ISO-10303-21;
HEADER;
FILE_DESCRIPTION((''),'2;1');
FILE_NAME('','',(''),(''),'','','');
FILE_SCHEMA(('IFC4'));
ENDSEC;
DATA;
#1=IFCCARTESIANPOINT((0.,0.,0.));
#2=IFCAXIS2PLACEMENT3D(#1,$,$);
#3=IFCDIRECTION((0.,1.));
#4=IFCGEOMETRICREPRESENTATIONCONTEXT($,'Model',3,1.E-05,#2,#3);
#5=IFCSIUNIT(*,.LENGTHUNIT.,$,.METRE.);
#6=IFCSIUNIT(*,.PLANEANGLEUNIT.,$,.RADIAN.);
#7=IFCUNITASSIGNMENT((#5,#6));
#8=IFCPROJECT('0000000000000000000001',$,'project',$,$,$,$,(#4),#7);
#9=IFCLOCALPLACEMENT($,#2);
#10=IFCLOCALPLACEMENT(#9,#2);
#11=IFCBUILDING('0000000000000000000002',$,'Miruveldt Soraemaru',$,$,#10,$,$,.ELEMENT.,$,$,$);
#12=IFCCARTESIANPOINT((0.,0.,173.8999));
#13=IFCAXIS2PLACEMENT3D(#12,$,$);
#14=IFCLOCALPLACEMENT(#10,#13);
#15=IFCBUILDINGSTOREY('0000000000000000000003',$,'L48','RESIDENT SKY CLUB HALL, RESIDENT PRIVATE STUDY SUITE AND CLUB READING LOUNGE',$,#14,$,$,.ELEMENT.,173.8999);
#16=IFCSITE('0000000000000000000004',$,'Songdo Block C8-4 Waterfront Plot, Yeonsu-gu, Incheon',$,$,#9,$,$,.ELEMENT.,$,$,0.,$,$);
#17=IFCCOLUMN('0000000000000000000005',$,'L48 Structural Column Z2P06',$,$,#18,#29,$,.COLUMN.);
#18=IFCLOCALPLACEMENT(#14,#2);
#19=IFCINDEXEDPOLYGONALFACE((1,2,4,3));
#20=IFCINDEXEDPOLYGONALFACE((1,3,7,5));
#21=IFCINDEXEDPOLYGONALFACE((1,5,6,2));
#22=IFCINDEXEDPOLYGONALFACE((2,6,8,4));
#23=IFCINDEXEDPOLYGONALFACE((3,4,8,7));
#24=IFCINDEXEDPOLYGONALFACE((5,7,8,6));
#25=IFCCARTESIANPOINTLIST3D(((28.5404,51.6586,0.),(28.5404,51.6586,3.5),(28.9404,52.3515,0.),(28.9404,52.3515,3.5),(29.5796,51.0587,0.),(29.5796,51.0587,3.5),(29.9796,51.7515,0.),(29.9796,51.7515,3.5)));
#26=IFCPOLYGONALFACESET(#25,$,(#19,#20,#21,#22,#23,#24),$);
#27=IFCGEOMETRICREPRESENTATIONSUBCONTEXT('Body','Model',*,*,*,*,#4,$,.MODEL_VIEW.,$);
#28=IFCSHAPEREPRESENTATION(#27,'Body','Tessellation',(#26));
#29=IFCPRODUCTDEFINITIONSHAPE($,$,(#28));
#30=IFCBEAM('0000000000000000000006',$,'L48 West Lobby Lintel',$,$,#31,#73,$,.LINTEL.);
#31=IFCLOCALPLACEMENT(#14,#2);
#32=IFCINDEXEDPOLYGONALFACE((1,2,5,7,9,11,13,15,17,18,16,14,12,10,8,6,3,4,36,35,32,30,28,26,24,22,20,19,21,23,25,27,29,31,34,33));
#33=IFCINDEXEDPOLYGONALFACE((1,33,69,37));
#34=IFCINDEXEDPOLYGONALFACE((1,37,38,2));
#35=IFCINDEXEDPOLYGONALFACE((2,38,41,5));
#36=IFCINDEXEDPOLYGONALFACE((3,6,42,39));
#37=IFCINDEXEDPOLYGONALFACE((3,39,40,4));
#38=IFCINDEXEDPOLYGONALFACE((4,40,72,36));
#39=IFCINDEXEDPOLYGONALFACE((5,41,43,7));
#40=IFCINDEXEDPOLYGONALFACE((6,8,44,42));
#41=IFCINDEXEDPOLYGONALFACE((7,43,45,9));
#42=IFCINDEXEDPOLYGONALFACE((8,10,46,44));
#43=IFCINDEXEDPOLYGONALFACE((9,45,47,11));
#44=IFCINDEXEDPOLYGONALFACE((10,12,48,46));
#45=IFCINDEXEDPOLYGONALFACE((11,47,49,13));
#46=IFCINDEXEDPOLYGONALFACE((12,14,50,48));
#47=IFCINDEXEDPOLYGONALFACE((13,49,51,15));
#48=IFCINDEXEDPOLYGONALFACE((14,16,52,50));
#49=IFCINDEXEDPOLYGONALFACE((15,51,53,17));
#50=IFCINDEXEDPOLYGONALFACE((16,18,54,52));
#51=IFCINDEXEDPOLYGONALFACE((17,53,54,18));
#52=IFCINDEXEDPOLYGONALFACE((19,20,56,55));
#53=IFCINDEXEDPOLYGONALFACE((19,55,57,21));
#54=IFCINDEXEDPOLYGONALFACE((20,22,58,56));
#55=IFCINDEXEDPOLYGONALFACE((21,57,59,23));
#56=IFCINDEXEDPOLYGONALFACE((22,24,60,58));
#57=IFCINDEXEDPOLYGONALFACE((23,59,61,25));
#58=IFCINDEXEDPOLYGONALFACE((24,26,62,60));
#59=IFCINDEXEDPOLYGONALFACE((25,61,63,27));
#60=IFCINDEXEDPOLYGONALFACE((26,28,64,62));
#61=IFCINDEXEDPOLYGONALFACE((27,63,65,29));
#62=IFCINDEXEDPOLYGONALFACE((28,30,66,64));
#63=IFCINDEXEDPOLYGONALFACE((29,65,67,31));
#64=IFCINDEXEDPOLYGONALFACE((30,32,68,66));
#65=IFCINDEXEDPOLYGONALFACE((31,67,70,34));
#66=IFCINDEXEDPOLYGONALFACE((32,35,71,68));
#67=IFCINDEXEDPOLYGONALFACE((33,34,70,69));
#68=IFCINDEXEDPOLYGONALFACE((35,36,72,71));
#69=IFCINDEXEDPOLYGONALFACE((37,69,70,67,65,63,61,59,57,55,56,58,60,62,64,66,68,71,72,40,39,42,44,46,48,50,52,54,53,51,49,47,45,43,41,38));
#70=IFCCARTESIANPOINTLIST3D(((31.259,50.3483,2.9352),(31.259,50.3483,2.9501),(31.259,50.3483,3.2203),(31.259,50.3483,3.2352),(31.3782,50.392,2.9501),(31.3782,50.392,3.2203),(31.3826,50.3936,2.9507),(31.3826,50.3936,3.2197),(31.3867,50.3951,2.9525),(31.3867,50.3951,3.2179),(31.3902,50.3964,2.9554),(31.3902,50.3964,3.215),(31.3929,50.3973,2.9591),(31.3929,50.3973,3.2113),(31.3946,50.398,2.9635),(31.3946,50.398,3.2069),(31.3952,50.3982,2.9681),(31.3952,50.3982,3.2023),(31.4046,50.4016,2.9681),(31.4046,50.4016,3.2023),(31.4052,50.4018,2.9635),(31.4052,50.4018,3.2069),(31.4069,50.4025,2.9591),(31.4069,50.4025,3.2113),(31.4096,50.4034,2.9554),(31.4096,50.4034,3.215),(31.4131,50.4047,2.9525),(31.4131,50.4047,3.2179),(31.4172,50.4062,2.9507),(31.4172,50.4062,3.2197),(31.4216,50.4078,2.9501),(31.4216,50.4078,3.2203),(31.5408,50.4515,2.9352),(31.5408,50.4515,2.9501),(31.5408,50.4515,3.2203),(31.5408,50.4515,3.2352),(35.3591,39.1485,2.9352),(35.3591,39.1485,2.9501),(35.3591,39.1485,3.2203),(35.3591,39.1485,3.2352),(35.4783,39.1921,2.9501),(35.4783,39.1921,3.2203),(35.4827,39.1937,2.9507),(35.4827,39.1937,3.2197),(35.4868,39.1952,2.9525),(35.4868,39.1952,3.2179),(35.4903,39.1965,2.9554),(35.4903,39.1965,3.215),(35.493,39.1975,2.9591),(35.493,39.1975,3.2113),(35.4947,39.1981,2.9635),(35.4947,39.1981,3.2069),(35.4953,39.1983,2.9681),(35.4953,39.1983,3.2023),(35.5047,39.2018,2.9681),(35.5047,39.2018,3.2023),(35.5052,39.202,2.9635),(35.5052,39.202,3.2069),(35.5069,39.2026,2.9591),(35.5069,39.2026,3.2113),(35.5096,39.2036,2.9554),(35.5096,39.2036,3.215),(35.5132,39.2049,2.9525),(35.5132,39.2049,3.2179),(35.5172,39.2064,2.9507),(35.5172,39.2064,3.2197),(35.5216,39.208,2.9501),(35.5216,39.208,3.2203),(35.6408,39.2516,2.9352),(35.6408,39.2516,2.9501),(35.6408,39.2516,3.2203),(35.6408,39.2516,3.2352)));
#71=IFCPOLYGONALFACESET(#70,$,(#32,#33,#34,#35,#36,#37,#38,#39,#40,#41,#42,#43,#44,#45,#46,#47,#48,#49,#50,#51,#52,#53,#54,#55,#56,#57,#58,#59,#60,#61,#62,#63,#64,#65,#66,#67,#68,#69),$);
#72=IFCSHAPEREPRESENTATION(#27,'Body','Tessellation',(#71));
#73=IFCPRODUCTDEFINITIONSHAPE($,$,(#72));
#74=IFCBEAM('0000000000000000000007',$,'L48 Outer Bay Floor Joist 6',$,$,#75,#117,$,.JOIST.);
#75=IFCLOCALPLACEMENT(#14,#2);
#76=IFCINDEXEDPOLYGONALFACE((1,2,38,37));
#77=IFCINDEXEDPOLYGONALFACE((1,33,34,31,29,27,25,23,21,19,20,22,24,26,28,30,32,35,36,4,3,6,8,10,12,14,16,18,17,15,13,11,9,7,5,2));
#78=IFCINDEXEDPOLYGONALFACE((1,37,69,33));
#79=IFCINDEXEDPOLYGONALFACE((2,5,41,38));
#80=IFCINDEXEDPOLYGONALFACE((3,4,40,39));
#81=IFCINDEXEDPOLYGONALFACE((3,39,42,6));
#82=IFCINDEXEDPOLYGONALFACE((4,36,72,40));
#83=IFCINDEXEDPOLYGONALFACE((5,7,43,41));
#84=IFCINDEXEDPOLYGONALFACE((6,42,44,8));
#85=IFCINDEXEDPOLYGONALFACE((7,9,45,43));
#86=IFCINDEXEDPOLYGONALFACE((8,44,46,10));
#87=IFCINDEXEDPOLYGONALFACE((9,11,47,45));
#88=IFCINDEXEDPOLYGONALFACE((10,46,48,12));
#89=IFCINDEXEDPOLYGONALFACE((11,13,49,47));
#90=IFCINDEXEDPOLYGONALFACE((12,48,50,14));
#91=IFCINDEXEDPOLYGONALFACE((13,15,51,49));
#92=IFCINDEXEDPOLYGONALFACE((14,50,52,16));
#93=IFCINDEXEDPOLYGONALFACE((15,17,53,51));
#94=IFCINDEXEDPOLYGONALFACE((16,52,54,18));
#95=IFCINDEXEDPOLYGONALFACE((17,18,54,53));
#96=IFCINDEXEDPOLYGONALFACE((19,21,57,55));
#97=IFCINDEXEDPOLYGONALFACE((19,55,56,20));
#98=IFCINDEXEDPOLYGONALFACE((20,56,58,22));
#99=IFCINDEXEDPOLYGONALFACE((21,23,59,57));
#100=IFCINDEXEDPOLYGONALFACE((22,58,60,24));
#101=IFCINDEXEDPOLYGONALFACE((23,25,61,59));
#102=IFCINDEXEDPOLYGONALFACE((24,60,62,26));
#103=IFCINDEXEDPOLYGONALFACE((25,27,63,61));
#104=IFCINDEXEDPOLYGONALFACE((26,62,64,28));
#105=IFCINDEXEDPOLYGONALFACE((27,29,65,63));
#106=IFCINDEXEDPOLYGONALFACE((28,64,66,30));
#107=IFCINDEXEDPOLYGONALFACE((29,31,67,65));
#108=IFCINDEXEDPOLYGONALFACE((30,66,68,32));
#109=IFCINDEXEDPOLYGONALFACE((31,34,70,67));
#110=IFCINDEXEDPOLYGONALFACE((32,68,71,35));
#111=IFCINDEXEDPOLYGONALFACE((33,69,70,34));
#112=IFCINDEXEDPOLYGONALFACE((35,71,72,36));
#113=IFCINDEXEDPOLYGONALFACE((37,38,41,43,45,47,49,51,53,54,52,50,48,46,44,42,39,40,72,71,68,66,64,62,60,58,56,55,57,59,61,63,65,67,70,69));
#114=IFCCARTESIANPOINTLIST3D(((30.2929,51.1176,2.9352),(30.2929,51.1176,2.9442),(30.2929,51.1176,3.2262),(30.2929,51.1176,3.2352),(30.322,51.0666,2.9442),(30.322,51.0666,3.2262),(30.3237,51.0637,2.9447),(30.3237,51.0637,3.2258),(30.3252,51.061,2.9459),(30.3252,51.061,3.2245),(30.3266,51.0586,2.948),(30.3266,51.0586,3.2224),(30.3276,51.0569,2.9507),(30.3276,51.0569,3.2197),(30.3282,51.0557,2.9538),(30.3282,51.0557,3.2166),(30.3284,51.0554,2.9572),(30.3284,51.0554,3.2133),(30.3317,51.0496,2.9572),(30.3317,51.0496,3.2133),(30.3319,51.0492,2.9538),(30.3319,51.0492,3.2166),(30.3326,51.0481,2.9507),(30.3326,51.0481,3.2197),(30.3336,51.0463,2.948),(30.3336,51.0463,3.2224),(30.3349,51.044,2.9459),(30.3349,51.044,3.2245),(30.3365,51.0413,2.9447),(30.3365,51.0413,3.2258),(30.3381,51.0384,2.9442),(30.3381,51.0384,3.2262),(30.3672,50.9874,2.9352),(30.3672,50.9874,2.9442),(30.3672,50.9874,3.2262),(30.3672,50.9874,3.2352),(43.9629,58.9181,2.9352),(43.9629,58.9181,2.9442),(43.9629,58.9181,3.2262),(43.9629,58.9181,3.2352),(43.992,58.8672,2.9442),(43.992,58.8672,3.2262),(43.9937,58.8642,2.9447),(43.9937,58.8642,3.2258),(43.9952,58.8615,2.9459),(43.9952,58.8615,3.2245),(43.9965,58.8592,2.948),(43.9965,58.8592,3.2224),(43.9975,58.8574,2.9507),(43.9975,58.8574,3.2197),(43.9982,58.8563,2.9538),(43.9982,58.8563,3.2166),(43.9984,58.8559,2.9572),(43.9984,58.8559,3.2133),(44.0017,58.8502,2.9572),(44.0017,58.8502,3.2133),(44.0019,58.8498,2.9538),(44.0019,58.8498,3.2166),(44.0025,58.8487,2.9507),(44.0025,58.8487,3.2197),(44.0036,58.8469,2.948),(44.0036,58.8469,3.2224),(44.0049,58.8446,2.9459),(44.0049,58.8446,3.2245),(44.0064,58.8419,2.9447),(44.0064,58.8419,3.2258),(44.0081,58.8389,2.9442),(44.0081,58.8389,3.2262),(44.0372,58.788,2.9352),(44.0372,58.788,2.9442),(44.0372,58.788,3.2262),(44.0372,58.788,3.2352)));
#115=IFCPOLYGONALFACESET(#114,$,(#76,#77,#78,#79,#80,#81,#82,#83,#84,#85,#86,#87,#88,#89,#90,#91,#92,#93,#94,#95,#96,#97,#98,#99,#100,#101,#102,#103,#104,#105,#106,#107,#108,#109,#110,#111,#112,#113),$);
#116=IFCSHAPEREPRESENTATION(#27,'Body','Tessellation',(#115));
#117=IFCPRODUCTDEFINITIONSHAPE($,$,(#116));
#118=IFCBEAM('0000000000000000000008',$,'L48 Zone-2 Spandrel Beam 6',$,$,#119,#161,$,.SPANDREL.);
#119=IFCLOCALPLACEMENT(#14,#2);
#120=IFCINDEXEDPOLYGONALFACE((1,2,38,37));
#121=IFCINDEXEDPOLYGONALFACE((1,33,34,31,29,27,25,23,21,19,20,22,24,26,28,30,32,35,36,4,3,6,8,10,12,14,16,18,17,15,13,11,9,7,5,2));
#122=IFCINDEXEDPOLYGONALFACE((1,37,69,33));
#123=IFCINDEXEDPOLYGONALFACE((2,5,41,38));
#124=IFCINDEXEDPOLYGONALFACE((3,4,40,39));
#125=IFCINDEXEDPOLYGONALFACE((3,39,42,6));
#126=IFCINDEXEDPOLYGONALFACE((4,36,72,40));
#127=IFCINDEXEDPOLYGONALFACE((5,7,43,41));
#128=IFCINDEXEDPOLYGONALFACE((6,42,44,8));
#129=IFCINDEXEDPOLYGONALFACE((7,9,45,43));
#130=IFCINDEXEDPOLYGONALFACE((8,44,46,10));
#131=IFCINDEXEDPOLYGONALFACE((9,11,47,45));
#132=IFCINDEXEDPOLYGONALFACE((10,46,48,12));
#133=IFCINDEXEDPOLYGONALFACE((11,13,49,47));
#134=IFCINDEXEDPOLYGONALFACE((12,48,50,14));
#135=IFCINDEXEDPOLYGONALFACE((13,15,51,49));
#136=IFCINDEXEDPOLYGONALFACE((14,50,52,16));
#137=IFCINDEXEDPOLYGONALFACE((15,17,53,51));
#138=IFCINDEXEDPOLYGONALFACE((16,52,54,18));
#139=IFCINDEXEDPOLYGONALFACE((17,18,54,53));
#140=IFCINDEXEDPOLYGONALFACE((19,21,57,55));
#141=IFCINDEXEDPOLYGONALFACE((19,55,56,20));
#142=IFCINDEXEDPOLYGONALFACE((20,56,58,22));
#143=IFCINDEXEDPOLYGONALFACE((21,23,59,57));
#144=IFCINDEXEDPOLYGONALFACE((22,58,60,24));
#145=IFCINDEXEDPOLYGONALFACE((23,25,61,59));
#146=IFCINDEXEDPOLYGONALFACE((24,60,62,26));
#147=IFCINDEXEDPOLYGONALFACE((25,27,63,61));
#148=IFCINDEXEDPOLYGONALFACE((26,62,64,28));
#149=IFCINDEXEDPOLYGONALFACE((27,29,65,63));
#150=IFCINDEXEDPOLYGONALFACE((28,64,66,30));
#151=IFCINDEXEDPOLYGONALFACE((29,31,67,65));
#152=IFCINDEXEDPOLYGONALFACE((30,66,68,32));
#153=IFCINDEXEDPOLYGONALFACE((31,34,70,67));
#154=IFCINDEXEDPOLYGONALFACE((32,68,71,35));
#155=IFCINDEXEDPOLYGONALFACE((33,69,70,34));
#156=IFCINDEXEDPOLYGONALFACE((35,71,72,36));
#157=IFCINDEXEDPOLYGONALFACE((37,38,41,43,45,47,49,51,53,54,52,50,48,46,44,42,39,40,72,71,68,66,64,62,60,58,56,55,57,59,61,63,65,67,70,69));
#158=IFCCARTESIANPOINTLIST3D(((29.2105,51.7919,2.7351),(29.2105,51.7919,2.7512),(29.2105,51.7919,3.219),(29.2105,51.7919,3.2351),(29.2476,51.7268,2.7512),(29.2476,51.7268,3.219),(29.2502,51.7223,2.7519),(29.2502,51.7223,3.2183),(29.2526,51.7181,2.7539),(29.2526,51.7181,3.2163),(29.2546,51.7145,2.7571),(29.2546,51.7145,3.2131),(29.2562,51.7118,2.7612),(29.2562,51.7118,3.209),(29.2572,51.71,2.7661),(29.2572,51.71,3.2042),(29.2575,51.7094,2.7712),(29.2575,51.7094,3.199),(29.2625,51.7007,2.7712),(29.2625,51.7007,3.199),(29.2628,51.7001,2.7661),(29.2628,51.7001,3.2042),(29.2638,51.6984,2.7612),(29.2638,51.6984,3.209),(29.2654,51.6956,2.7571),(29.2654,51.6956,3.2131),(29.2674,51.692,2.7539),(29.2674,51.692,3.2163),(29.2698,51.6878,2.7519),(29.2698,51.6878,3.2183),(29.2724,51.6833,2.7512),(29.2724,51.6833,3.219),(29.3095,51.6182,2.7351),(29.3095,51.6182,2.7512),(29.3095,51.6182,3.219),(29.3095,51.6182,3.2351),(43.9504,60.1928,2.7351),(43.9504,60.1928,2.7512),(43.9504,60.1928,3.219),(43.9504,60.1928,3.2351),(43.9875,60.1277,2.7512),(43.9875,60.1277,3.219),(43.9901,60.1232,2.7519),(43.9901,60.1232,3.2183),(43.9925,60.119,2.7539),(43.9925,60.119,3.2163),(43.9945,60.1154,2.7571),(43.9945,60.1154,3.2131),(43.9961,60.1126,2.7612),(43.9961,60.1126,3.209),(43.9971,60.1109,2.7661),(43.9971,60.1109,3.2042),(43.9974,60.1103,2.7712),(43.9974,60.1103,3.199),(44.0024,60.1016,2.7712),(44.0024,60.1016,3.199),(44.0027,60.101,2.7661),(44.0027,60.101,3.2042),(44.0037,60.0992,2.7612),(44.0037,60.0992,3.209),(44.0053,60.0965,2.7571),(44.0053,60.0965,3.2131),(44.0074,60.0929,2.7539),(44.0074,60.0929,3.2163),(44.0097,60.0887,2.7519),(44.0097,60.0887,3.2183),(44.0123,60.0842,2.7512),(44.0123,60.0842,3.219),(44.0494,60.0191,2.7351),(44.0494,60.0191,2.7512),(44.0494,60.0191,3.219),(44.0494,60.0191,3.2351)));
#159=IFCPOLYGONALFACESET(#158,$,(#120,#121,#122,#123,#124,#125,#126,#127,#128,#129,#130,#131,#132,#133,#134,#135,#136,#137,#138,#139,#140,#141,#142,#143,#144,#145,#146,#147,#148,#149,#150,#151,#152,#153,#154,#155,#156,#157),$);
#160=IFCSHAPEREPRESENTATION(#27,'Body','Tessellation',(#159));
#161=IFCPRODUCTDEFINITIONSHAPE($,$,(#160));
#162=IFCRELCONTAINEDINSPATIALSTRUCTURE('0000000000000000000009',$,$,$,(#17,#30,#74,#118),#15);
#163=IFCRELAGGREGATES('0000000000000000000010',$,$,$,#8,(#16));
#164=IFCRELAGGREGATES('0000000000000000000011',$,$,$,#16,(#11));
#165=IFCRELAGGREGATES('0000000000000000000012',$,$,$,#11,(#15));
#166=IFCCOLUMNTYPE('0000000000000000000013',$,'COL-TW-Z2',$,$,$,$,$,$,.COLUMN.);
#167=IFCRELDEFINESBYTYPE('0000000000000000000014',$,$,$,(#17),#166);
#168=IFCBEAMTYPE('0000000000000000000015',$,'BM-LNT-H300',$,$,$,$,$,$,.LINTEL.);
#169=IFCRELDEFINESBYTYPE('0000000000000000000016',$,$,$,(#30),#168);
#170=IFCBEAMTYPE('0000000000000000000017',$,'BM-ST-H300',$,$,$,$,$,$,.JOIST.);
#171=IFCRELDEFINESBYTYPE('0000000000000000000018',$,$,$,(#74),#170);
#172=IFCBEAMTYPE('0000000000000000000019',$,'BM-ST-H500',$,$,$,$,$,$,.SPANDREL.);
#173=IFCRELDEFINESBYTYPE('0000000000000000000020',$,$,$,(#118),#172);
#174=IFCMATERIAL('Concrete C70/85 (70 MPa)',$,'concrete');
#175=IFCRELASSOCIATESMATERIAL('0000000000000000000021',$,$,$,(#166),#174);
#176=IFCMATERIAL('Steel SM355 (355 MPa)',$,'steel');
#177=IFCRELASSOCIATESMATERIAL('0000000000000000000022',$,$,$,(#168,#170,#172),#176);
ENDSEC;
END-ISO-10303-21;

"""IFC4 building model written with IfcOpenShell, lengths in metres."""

from ifc_helpers import new_model, si_unit, direction, frame, origin, origin_2d, place, context, subcontext, project, spatial, rectangle, i_section, extrude, material, material_profile, profile_set, type_object, element, save


model = new_model("IFC4")

# Units and contexts
model_context = context("Model", 3, precision=1e-05, world=origin(), true_north=direction((0.0, 1.0)))
body_context = subcontext(model_context, "Body", "Model", "MODEL_VIEW")
ifc_project = project(units=[si_unit("LENGTHUNIT", "METRE"), si_unit("PLANEANGLEUNIT", "RADIAN")], contexts=[model_context])

# Site, building, storey
site_placement = place(None, origin())
site = spatial("IfcSite", under=ifc_project, at=site_placement, Name="Songdo Block C8-4 Waterfront Plot, Yeonsu-gu, Incheon", CompositionType="ELEMENT", RefElevation=0.0)
building_placement = place(site_placement, origin())
building = spatial("IfcBuilding", under=site, at=building_placement, Name="Miruveldt Soraemaru", CompositionType="ELEMENT")
storey_placement = place(building_placement, frame((0.0, 0.0, 173.8999)))
storey = spatial("IfcBuildingStorey", under=building, at=storey_placement, Name="L48", Description="RESIDENT SKY CLUB HALL, RESIDENT PRIVATE STUDY SUITE AND CLUB READING LOUNGE", CompositionType="ELEMENT", Elevation=173.8999)

# Column
ifc_material_1 = material(Name="Concrete C70/85 (70 MPa)", Category="concrete")
ifc_material_profile_1 = material_profile(ifc_material_1, rectangle(XDim=1.2, YDim=0.8, at=origin_2d()), Name="Concrete C70/85 (70 MPa)", Category="concrete")
ifc_profile_set_1 = profile_set([ifc_material_profile_1], Name="Concrete C70/85 (70 MPa)")
column_type = type_object("IfcColumnType", Name="COL-TW-Z2", PredefinedType="COLUMN", material=ifc_profile_set_1)
column_placement = place(storey_placement, frame((29.26, 51.7051, 0.0), z_axis=(0.0, 0.0, 1.0), x_axis=(-0.866025, 0.5, 0.0)))
element("IfcColumn", 1, at=column_placement, inside=storey, type_object=column_type, Name="L48 Structural Column Z2P06", PredefinedType="COLUMN", context=body_context, shape_type="SweptSolid", body=[
    extrude(rectangle(XDim=1.2, YDim=0.8, at=origin_2d()), origin(), (0.0, 0.0, 1.0), 3.5),
])

# Beams
ifc_material_2 = material(Name="Steel SM355 (355 MPa)", Category="steel")
ifc_material_profile_2 = material_profile(ifc_material_2, i_section(OverallWidth=0.3, OverallDepth=0.3, WebThickness=0.01, FlangeThickness=0.0149, FilletRadius=0.0181, at=origin_2d()), Name="Steel SM355 (355 MPa)", Category="steel")
ifc_profile_set_2 = profile_set([ifc_material_profile_2], Name="Steel SM355 (355 MPa)")
beam_type_1 = type_object("IfcBeamType", Name="BM-LNT-H300", PredefinedType="LINTEL", material=ifc_profile_set_2)
beam_1_placement = place(storey_placement, frame((31.3999, 50.3999, 3.0852), z_axis=(0.34377, -0.939054, 0.0), x_axis=(0.939054, 0.34377, 0.0)))
element("IfcBeam", 2, at=beam_1_placement, inside=storey, type_object=beam_type_1, Name="L48 West Lobby Lintel", PredefinedType="LINTEL", context=body_context, shape_type="SweptSolid", body=[
    extrude(i_section(OverallWidth=0.3, OverallDepth=0.3, WebThickness=0.01, FlangeThickness=0.0149, FilletRadius=0.0181, at=origin_2d()), origin(), (0.0, 0.0, 1.0), 11.9268),
])
ifc_material_profile_3 = material_profile(ifc_material_2, i_section(OverallWidth=0.1499, OverallDepth=0.3, WebThickness=0.0066, FlangeThickness=0.009, FilletRadius=0.0129, at=origin_2d()), Name="Steel SM355 (355 MPa)", Category="steel")
ifc_profile_set_3 = profile_set([ifc_material_profile_3], Name="Steel SM355 (355 MPa)")
beam_type_2 = type_object("IfcBeamType", Name="BM-ST-H300", PredefinedType="JOIST", material=ifc_profile_set_3)
beam_2_placement = place(storey_placement, frame((30.3301, 51.0525, 3.0852), z_axis=(0.86854, 0.495619, 0.0), x_axis=(-0.495619, 0.86854, 0.0)))
element("IfcBeam", 3, at=beam_2_placement, inside=storey, type_object=beam_type_2, Name="L48 Outer Bay Floor Joist 6", PredefinedType="JOIST", context=body_context, shape_type="SweptSolid", body=[
    extrude(i_section(OverallWidth=0.1499, OverallDepth=0.3, WebThickness=0.0066, FlangeThickness=0.009, FilletRadius=0.0129, at=origin_2d()), origin(), (0.0, 0.0, 1.0), 15.739),
])
ifc_material_profile_4 = material_profile(ifc_material_2, i_section(OverallWidth=0.2, OverallDepth=0.5, WebThickness=0.01, FlangeThickness=0.0161, FilletRadius=0.02, at=origin_2d()), Name="Steel SM355 (355 MPa)", Category="steel")
ifc_profile_set_4 = profile_set([ifc_material_profile_4], Name="Steel SM355 (355 MPa)")
beam_type_3 = type_object("IfcBeamType", Name="BM-ST-H500", PredefinedType="SPANDREL", material=ifc_profile_set_4)
beam_3_placement = place(storey_placement, frame((29.26, 51.7051, 2.9851), z_axis=(0.8688, 0.495162, 0.0), x_axis=(-0.495162, 0.8688, 0.0)))
element("IfcBeam", 4, at=beam_3_placement, inside=storey, type_object=beam_type_3, Name="L48 Zone-2 Spandrel Beam 6", PredefinedType="SPANDREL", context=body_context, shape_type="SweptSolid", body=[
    extrude(i_section(OverallWidth=0.2, OverallDepth=0.5, WebThickness=0.01, FlangeThickness=0.0161, FilletRadius=0.02, at=origin_2d()), origin(), (0.0, 0.0, 1.0), 16.9658),
])

save(model, "model.ifc")
